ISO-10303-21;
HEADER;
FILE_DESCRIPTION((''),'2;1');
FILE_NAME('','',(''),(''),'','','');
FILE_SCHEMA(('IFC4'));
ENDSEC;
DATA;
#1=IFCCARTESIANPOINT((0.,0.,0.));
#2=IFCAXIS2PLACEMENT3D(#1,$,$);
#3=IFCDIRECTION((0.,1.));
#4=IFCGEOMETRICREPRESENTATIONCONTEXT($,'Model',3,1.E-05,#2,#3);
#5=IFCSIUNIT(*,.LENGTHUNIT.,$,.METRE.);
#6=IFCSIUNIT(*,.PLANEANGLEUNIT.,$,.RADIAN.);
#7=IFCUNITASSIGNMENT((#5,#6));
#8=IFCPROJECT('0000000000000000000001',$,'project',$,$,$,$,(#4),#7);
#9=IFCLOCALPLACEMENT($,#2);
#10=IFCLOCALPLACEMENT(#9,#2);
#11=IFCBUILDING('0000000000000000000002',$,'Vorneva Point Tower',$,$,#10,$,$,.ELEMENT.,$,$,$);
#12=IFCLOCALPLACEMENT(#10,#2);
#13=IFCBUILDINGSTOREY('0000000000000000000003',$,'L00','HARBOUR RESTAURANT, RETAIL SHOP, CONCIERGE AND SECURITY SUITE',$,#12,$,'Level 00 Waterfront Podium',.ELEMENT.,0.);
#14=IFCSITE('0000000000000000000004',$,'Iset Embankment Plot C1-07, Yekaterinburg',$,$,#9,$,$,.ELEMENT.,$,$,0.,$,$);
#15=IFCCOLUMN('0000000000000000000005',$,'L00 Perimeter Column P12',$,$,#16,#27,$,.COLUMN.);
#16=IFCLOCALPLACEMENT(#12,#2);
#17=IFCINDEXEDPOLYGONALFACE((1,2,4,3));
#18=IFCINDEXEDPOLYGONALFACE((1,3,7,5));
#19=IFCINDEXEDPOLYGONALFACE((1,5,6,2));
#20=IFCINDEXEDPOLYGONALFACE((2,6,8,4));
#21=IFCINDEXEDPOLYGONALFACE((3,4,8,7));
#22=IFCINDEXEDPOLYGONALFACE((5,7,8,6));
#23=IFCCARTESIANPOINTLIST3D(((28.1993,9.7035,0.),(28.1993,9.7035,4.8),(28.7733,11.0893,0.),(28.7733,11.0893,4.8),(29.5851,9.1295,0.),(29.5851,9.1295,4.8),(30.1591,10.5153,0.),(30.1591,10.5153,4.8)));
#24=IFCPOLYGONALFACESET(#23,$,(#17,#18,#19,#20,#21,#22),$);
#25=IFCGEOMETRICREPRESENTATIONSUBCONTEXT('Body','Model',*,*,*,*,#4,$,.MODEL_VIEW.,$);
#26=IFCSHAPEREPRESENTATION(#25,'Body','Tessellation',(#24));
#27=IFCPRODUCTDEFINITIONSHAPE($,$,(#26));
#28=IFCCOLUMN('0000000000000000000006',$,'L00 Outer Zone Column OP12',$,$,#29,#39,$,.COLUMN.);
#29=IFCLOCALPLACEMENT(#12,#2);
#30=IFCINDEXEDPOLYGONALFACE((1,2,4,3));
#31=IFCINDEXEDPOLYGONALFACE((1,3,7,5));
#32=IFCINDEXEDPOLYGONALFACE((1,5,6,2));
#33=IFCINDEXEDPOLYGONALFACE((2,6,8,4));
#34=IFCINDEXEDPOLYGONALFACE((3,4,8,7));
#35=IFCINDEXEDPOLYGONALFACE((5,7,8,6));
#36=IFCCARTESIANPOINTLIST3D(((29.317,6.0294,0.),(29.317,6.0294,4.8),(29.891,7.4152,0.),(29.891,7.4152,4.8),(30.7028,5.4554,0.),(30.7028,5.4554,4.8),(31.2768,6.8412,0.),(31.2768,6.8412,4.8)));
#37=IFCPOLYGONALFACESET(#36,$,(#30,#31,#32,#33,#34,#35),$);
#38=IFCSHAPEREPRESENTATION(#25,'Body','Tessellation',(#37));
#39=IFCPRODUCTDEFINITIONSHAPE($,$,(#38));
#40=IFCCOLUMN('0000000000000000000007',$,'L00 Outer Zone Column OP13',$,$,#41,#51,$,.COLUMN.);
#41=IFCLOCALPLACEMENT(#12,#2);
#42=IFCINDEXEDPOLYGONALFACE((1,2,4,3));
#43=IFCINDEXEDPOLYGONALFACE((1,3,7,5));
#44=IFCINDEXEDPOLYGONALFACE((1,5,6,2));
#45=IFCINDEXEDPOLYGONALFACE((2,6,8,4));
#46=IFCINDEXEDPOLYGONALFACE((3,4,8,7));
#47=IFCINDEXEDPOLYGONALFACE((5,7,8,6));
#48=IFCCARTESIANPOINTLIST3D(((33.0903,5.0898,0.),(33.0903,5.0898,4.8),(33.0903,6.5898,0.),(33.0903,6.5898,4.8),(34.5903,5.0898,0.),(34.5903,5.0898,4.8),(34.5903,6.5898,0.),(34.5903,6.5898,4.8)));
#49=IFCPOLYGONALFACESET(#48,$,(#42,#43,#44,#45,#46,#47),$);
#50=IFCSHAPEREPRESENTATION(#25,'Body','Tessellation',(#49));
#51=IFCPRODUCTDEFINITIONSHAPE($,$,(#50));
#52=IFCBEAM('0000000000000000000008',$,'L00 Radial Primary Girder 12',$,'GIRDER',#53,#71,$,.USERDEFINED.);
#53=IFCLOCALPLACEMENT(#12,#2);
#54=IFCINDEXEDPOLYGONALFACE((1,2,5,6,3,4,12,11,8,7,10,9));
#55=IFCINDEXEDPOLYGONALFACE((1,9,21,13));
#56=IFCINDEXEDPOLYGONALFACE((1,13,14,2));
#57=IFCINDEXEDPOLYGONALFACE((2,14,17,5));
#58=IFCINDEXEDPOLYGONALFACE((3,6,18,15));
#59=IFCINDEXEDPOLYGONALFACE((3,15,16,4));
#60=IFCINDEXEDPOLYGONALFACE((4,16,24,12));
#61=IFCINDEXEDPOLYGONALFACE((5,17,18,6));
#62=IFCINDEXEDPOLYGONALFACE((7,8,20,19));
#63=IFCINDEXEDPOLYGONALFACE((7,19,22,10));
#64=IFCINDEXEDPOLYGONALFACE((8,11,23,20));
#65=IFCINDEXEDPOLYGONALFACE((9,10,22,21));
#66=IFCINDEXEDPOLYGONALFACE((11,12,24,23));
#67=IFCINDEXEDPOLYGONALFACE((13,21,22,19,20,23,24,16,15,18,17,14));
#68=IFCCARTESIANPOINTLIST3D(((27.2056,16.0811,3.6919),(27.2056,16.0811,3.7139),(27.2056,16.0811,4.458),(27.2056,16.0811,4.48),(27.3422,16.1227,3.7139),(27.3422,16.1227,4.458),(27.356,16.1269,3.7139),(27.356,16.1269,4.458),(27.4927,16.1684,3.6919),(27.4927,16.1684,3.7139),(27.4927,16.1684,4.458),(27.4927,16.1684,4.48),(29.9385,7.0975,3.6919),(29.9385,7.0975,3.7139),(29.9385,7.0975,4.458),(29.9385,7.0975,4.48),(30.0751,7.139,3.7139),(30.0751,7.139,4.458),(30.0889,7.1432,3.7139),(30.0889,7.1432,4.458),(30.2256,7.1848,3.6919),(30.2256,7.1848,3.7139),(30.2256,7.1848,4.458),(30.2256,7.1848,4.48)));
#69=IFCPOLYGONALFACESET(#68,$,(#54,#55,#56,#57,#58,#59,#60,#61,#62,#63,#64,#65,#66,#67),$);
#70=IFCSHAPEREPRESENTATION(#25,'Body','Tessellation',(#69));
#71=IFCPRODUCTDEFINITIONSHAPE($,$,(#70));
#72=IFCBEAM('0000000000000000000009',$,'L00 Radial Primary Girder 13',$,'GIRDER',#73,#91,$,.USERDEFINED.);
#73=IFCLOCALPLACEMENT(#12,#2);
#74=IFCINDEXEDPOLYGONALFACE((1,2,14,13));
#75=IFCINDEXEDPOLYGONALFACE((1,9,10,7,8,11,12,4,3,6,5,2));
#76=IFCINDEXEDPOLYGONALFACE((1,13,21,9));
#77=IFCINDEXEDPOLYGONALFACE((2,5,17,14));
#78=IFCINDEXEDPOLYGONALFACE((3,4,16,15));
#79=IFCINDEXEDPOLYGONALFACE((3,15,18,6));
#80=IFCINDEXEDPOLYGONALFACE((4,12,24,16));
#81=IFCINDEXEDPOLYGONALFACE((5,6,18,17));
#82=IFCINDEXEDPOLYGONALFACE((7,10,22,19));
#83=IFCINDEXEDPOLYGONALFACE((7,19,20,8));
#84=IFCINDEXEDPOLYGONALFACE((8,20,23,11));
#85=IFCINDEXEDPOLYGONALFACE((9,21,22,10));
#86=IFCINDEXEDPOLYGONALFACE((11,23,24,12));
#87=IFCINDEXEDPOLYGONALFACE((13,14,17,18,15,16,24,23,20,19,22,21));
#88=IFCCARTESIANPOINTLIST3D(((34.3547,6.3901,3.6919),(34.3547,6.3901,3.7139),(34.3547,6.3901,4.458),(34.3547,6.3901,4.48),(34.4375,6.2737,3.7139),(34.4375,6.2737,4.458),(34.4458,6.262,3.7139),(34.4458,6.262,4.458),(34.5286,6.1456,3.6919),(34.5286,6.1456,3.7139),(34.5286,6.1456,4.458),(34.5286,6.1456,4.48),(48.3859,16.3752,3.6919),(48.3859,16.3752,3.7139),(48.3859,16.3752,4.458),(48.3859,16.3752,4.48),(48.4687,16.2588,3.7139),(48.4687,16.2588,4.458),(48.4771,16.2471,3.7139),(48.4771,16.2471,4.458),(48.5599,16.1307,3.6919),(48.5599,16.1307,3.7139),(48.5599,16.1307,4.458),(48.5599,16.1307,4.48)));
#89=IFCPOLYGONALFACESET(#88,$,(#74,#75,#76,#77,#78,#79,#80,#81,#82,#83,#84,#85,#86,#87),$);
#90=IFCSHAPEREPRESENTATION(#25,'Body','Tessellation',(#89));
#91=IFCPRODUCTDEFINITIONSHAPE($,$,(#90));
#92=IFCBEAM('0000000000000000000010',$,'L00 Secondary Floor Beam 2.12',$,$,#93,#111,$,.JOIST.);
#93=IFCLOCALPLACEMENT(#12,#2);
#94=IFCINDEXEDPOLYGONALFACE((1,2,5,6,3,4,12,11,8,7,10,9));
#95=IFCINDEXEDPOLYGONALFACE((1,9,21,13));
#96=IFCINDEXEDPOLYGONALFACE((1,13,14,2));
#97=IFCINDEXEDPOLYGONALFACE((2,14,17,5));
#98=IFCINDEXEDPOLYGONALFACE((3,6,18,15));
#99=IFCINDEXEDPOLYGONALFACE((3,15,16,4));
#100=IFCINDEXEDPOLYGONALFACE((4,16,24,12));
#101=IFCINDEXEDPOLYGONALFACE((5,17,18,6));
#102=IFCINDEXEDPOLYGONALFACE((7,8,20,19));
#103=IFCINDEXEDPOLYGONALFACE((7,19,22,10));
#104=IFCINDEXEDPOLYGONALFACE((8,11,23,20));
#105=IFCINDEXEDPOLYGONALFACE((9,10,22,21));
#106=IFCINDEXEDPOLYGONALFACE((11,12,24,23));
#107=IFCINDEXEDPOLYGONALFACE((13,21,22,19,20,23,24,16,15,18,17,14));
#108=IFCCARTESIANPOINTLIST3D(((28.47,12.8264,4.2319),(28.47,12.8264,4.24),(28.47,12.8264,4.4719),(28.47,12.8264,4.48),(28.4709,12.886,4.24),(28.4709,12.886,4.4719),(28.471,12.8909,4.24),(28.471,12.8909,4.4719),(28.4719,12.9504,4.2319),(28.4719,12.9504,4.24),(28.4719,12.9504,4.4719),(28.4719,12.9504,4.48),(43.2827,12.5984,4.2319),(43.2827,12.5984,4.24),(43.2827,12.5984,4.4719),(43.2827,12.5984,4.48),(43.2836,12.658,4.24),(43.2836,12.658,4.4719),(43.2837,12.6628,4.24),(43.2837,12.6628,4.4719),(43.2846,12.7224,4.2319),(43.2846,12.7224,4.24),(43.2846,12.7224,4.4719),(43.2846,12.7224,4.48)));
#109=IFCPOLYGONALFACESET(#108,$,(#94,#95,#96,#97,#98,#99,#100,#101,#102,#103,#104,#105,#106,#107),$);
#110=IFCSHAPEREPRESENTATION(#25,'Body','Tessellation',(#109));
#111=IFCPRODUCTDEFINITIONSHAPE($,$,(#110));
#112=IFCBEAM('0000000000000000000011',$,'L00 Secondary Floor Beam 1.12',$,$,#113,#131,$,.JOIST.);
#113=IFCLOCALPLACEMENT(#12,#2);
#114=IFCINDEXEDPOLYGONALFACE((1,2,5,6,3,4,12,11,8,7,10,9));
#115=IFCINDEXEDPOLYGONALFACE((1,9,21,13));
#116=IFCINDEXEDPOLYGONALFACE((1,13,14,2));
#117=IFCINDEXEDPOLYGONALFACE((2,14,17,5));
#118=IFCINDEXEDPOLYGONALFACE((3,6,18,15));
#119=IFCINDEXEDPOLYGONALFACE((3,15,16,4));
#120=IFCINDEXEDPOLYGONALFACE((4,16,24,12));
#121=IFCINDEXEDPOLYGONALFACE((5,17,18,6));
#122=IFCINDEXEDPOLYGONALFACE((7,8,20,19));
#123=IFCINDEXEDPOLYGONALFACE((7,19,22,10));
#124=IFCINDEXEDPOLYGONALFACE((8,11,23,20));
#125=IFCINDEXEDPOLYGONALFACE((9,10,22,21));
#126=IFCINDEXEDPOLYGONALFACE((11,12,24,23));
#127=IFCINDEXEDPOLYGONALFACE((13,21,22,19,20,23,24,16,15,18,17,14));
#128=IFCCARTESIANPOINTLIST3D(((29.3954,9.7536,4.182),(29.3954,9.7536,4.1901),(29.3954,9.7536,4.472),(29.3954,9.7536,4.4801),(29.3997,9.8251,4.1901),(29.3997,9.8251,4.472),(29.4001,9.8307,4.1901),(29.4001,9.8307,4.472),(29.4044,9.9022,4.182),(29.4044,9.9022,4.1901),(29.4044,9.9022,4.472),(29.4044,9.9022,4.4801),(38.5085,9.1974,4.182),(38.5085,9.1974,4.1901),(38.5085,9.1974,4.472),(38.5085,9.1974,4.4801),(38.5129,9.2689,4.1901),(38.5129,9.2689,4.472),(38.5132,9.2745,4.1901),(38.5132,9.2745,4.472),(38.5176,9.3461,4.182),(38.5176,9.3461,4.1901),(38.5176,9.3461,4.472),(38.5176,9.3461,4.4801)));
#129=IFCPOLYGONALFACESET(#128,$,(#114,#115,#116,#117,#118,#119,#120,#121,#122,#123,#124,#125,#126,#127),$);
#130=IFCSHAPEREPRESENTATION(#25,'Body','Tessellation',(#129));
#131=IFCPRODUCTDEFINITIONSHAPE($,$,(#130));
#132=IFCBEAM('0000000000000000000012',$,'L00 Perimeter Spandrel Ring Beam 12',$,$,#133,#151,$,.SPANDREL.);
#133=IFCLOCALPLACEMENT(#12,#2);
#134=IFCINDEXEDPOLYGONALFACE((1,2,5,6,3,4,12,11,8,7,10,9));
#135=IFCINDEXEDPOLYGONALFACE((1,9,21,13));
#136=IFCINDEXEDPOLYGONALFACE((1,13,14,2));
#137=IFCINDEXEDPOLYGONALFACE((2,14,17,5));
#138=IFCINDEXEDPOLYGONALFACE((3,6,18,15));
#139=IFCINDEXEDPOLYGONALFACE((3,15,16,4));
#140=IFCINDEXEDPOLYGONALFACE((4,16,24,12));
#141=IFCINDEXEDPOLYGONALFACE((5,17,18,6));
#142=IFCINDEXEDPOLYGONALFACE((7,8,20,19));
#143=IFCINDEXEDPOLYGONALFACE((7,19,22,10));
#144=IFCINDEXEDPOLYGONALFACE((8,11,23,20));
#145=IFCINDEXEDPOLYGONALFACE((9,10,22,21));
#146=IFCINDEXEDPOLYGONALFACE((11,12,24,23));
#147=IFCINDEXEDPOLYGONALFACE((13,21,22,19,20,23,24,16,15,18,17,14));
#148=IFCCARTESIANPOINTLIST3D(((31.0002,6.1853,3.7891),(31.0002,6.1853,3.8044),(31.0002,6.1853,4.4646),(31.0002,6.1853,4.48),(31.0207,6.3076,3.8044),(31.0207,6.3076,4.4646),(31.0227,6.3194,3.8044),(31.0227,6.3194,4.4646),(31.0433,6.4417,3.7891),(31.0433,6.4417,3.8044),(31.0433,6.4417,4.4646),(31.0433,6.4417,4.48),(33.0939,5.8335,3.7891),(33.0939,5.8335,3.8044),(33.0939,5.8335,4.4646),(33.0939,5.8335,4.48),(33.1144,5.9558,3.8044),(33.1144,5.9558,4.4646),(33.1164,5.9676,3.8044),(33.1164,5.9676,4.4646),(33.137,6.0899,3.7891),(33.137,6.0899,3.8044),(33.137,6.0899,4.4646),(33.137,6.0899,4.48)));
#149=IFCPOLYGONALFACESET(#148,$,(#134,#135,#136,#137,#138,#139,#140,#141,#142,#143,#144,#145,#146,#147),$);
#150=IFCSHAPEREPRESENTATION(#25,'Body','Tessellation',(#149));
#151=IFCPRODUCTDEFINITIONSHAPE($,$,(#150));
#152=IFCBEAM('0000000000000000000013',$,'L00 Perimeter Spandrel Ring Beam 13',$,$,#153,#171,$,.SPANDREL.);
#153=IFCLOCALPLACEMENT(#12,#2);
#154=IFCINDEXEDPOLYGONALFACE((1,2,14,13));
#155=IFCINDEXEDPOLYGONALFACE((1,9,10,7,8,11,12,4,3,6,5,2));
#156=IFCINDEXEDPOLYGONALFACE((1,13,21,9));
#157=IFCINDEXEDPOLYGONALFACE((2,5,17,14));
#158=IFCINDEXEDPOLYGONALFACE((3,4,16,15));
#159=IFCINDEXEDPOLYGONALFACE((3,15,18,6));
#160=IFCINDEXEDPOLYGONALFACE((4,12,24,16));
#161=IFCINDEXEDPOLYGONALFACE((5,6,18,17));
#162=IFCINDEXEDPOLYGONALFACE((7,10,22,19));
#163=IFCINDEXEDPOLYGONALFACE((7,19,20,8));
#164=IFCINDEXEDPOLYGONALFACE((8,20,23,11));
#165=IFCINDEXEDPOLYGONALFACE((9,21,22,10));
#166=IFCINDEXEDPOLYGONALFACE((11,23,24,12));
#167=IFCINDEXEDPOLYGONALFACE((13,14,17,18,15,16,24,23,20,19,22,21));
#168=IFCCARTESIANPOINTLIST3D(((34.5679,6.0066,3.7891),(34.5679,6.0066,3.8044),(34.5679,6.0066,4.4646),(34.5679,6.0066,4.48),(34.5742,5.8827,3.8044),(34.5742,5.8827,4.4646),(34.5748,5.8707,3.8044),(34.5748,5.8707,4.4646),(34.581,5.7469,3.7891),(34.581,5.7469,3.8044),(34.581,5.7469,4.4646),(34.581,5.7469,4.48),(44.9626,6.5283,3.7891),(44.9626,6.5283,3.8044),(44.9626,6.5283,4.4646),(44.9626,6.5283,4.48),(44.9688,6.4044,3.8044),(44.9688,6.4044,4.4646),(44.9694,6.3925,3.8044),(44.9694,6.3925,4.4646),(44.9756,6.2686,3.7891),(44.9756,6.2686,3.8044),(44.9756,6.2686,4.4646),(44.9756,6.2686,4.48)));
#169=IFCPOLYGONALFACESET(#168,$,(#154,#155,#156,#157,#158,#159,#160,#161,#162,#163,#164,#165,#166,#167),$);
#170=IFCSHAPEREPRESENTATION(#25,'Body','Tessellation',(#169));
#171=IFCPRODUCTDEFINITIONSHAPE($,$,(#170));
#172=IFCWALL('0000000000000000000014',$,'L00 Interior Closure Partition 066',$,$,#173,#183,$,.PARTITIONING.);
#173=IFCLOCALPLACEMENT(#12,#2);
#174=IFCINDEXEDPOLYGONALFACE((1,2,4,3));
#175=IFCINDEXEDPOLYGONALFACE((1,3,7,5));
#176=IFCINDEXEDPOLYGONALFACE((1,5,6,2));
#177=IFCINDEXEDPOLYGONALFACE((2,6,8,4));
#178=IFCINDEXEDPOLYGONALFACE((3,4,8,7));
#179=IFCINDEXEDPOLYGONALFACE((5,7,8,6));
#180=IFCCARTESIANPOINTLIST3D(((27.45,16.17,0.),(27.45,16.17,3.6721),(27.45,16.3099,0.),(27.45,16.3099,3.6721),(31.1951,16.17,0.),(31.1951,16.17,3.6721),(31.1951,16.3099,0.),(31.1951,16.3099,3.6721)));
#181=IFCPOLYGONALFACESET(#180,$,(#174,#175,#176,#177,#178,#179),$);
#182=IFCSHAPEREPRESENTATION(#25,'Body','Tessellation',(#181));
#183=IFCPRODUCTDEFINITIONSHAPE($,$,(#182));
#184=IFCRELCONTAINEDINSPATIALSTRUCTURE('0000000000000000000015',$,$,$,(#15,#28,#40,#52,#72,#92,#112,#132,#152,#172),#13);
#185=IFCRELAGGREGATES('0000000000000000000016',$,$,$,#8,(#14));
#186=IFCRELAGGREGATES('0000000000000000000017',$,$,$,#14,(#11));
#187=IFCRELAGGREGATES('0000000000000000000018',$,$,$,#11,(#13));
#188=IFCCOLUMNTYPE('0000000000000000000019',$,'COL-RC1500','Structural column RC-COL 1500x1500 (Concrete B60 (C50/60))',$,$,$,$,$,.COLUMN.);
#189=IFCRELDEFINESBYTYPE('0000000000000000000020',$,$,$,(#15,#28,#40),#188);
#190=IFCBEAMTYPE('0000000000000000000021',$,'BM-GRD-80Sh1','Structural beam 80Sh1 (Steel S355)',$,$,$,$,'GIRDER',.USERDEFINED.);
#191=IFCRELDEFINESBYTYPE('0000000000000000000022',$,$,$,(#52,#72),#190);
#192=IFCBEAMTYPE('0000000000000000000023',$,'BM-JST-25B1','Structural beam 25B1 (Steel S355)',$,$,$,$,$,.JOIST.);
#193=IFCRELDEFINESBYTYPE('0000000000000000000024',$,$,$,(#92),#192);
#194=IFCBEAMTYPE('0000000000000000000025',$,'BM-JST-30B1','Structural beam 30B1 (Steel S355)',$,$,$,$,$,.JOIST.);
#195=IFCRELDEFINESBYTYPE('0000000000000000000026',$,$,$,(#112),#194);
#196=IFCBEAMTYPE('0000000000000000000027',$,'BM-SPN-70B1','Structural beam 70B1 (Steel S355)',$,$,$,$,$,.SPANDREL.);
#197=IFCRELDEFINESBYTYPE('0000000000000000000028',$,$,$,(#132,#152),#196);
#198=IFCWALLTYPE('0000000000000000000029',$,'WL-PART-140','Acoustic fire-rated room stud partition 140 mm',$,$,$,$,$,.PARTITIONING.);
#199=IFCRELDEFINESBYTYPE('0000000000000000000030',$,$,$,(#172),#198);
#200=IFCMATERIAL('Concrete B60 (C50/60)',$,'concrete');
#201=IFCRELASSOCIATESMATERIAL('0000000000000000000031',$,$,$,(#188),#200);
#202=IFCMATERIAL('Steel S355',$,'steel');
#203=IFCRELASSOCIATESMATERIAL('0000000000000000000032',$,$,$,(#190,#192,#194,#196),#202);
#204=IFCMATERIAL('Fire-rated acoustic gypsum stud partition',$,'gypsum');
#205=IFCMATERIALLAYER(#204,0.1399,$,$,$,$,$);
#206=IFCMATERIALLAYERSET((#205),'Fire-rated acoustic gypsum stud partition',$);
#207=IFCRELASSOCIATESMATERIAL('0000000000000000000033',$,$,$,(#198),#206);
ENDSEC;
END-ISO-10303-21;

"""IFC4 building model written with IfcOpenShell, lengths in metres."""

from ifc_helpers import new_model, si_unit, direction, frame, frame_2d, origin, origin_2d, place, context, subcontext, project, spatial, rectangle, i_section, extrude, material, layer, layer_set, material_profile, profile_set, type_object, element, save


model = new_model("IFC4")

# Units and contexts
model_context = context("Model", 3, precision=1e-05, world=origin(), true_north=direction((0.0, 1.0)))
body_context = subcontext(model_context, "Body", "Model", "MODEL_VIEW")
ifc_project = project(units=[si_unit("LENGTHUNIT", "METRE"), si_unit("PLANEANGLEUNIT", "RADIAN")], contexts=[model_context])

# Site, building, storey
site_placement = place(None, origin())
site = spatial("IfcSite", under=ifc_project, at=site_placement, Name="Iset Embankment Plot C1-07, Yekaterinburg", CompositionType="ELEMENT", RefElevation=0.0)
building_placement = place(site_placement, origin())
building = spatial("IfcBuilding", under=site, at=building_placement, Name="Vorneva Point Tower", CompositionType="ELEMENT")
storey_placement = place(building_placement, origin())
storey = spatial("IfcBuildingStorey", under=building, at=storey_placement, Name="L00", Description="HARBOUR RESTAURANT, RETAIL SHOP, CONCIERGE AND SECURITY SUITE", LongName="Level 00 Waterfront Podium", CompositionType="ELEMENT", Elevation=0.0)

# Columns
ifc_material_1 = material(Name="Concrete B60 (C50/60)", Category="concrete")
ifc_material_profile_1 = material_profile(ifc_material_1, rectangle(XDim=1.5, YDim=1.5, at=origin_2d()), Name="RC-COL 1500x1500")
ifc_profile_set_1 = profile_set([ifc_material_profile_1], Name="Concrete B60 (C50/60)")
column_type = type_object("IfcColumnType", Name="COL-RC1500", Description="Structural column RC-COL 1500x1500 (Concrete B60 (C50/60))", PredefinedType="COLUMN", material=ifc_profile_set_1)
for number, where, z_axis, x_axis, name in (
    (1, (29.1792, 10.1094, 0.0), (0.0, 0.0, 1.0), (-0.382683, -0.92388, 0.0), "L00 Perimeter Column P12"),
    (2, (30.2969, 6.4353, 0.0), (0.0, 0.0, 1.0), (-0.382683, -0.92388, 0.0), "L00 Outer Zone Column OP12"),
    (3, (33.8403, 5.8398, 0.0), (0.0, 0.0, 1.0), (0.0, -1.0, 0.0), "L00 Outer Zone Column OP13"),
):
    element("IfcColumn", number, at=place(storey_placement, frame(where, z_axis=z_axis, x_axis=x_axis)), inside=storey, type_object=column_type, Name=name, PredefinedType="COLUMN", context=body_context, shape_type="SweptSolid", body=[
        extrude(rectangle(XDim=1.5, YDim=1.5, at=origin_2d()), origin(), (0.0, 0.0, 1.0), 4.8),
    ])

# Beams
ifc_material_2 = material(Name="Steel S355", Category="steel")
ifc_material_profile_2 = material_profile(ifc_material_2, i_section(OverallWidth=0.3, OverallDepth=0.7881, WebThickness=0.0144, FlangeThickness=0.022, at=origin_2d()), Name="80Sh1")
ifc_profile_set_2 = profile_set([ifc_material_profile_2], Name="Steel S355")
beam_type_1 = type_object("IfcBeamType", Name="BM-GRD-80Sh1", Description="Structural beam 80Sh1 (Steel S355)", ElementType="GIRDER", PredefinedType="USERDEFINED", material=ifc_profile_set_2)
beam_1_placement = place(storey_placement, frame((30.082, 7.1411, 4.0859), z_axis=(-0.291041, 0.956711, 0.0), x_axis=(-0.956711, -0.291041, 0.0)))
element("IfcBeam", 4, at=beam_1_placement, inside=storey, type_object=beam_type_1, Name="L00 Radial Primary Girder 12", ObjectType="GIRDER", PredefinedType="USERDEFINED", context=body_context, shape_type="SweptSolid", body=[
    extrude(i_section(OverallWidth=0.3, OverallDepth=0.7881, WebThickness=0.0144, FlangeThickness=0.022, at=origin_2d()), origin(), (0.0, 0.0, 1.0), 9.3901),
])
beam_2_placement = place(storey_placement, frame((34.4417, 6.2678, 4.0859), z_axis=(0.814754, 0.579806, 0.0), x_axis=(-0.579806, 0.814754, 0.0)))
element("IfcBeam", 5, at=beam_2_placement, inside=storey, type_object=beam_type_1, Name="L00 Radial Primary Girder 13", ObjectType="GIRDER", PredefinedType="USERDEFINED", context=body_context, shape_type="SweptSolid", body=[
    extrude(i_section(OverallWidth=0.3, OverallDepth=0.7881, WebThickness=0.0144, FlangeThickness=0.022, at=origin_2d()), origin(), (0.0, 0.0, 1.0), 17.2214),
])
ifc_material_profile_3 = material_profile(ifc_material_2, i_section(OverallWidth=0.124, OverallDepth=0.248, WebThickness=0.0049, FlangeThickness=0.0081, at=origin_2d()), Name="25B1")
ifc_profile_set_3 = profile_set([ifc_material_profile_3], Name="Steel S355")
beam_type_2 = type_object("IfcBeamType", Name="BM-JST-25B1", Description="Structural beam 25B1 (Steel S355)", PredefinedType="JOIST", material=ifc_profile_set_3)
beam_3_placement = place(storey_placement, frame((28.4709, 12.8884, 4.356), z_axis=(0.999882, -0.015392, 0.0), x_axis=(0.015392, 0.999882, 0.0)))
element("IfcBeam", 6, at=beam_3_placement, inside=storey, type_object=beam_type_2, Name="L00 Secondary Floor Beam 2.12", PredefinedType="JOIST", context=body_context, shape_type="SweptSolid", body=[
    extrude(i_section(OverallWidth=0.124, OverallDepth=0.248, WebThickness=0.0049, FlangeThickness=0.0081, at=origin_2d()), origin(), (0.0, 0.0, 1.0), 14.8145),
])
ifc_material_profile_4 = material_profile(ifc_material_2, i_section(OverallWidth=0.1489, OverallDepth=0.2981, WebThickness=0.0056, FlangeThickness=0.0081, at=origin_2d()), Name="30B1")
ifc_profile_set_4 = profile_set([ifc_material_profile_4], Name="Steel S355")
beam_type_3 = type_object("IfcBeamType", Name="BM-JST-30B1", Description="Structural beam 30B1 (Steel S355)", PredefinedType="JOIST", material=ifc_profile_set_4)
beam_4_placement = place(storey_placement, frame((29.3999, 9.8279, 4.3311), z_axis=(0.998143, -0.060913, 0.0), x_axis=(0.060913, 0.998143, 0.0)))
element("IfcBeam", 7, at=beam_4_placement, inside=storey, type_object=beam_type_3, Name="L00 Secondary Floor Beam 1.12", PredefinedType="JOIST", context=body_context, shape_type="SweptSolid", body=[
    extrude(i_section(OverallWidth=0.1489, OverallDepth=0.2981, WebThickness=0.0056, FlangeThickness=0.0081, at=origin_2d()), origin(), (0.0, 0.0, 1.0), 9.1301),
])
ifc_material_profile_5 = material_profile(ifc_material_2, i_section(OverallWidth=0.26, OverallDepth=0.6909, WebThickness=0.012, FlangeThickness=0.0154, at=origin_2d()), Name="70B1")
ifc_profile_set_5 = profile_set([ifc_material_profile_5], Name="Steel S355")
beam_type_4 = type_object("IfcBeamType", Name="BM-SPN-70B1", Description="Structural beam 70B1 (Steel S355)", PredefinedType="SPANDREL", material=ifc_profile_set_5)
beam_5_placement = place(storey_placement, frame((31.0217, 6.3135, 4.1345), z_axis=(0.986176, -0.165704, 0.0), x_axis=(0.165704, 0.986176, 0.0)))
element("IfcBeam", 8, at=beam_5_placement, inside=storey, type_object=beam_type_4, Name="L00 Perimeter Spandrel Ring Beam 12", PredefinedType="SPANDREL", context=body_context, shape_type="SweptSolid", body=[
    extrude(i_section(OverallWidth=0.26, OverallDepth=0.6909, WebThickness=0.012, FlangeThickness=0.0154, at=origin_2d()), origin(), (0.0, 0.0, 1.0), 2.123),
])
beam_6_placement = place(storey_placement, frame((34.5745, 5.8767, 4.1345), z_axis=(0.998743, 0.050129, 0.0), x_axis=(-0.050129, 0.998743, 0.0)))
element("IfcBeam", 9, at=beam_6_placement, inside=storey, type_object=beam_type_4, Name="L00 Perimeter Spandrel Ring Beam 13", PredefinedType="SPANDREL", context=body_context, shape_type="SweptSolid", body=[
    extrude(i_section(OverallWidth=0.26, OverallDepth=0.6909, WebThickness=0.012, FlangeThickness=0.0154, at=origin_2d()), origin(), (0.0, 0.0, 1.0), 10.4077),
])

# Wall
ifc_material_3 = material(Name="Fire-rated acoustic gypsum stud partition", Category="gypsum")
ifc_layer_1 = layer(ifc_material_3, 0.1399)
ifc_layer_set_1 = layer_set([ifc_layer_1], Name="Fire-rated acoustic gypsum stud partition")
wall_type_1 = type_object("IfcWallType", Name="WL-PART-140", Description="Acoustic fire-rated room stud partition 140 mm", PredefinedType="PARTITIONING", material=ifc_layer_set_1)
wall_1_placement = place(storey_placement, frame((31.1951, 16.24, 0.0), z_axis=(0.0, 0.0, 1.0), x_axis=(-1.0, 0.0, 0.0)))
element("IfcWall", 10, at=wall_1_placement, inside=storey, type_object=wall_type_1, Name="L00 Interior Closure Partition 066", PredefinedType="PARTITIONING", context=body_context, shape_type="SweptSolid", body=[
    extrude(rectangle(XDim=3.7451, YDim=0.1399, at=frame_2d((1.8726, 0.0))), origin(), (0.0, 0.0, 1.0), 3.6721),
])

save(model, "model.ifc")
